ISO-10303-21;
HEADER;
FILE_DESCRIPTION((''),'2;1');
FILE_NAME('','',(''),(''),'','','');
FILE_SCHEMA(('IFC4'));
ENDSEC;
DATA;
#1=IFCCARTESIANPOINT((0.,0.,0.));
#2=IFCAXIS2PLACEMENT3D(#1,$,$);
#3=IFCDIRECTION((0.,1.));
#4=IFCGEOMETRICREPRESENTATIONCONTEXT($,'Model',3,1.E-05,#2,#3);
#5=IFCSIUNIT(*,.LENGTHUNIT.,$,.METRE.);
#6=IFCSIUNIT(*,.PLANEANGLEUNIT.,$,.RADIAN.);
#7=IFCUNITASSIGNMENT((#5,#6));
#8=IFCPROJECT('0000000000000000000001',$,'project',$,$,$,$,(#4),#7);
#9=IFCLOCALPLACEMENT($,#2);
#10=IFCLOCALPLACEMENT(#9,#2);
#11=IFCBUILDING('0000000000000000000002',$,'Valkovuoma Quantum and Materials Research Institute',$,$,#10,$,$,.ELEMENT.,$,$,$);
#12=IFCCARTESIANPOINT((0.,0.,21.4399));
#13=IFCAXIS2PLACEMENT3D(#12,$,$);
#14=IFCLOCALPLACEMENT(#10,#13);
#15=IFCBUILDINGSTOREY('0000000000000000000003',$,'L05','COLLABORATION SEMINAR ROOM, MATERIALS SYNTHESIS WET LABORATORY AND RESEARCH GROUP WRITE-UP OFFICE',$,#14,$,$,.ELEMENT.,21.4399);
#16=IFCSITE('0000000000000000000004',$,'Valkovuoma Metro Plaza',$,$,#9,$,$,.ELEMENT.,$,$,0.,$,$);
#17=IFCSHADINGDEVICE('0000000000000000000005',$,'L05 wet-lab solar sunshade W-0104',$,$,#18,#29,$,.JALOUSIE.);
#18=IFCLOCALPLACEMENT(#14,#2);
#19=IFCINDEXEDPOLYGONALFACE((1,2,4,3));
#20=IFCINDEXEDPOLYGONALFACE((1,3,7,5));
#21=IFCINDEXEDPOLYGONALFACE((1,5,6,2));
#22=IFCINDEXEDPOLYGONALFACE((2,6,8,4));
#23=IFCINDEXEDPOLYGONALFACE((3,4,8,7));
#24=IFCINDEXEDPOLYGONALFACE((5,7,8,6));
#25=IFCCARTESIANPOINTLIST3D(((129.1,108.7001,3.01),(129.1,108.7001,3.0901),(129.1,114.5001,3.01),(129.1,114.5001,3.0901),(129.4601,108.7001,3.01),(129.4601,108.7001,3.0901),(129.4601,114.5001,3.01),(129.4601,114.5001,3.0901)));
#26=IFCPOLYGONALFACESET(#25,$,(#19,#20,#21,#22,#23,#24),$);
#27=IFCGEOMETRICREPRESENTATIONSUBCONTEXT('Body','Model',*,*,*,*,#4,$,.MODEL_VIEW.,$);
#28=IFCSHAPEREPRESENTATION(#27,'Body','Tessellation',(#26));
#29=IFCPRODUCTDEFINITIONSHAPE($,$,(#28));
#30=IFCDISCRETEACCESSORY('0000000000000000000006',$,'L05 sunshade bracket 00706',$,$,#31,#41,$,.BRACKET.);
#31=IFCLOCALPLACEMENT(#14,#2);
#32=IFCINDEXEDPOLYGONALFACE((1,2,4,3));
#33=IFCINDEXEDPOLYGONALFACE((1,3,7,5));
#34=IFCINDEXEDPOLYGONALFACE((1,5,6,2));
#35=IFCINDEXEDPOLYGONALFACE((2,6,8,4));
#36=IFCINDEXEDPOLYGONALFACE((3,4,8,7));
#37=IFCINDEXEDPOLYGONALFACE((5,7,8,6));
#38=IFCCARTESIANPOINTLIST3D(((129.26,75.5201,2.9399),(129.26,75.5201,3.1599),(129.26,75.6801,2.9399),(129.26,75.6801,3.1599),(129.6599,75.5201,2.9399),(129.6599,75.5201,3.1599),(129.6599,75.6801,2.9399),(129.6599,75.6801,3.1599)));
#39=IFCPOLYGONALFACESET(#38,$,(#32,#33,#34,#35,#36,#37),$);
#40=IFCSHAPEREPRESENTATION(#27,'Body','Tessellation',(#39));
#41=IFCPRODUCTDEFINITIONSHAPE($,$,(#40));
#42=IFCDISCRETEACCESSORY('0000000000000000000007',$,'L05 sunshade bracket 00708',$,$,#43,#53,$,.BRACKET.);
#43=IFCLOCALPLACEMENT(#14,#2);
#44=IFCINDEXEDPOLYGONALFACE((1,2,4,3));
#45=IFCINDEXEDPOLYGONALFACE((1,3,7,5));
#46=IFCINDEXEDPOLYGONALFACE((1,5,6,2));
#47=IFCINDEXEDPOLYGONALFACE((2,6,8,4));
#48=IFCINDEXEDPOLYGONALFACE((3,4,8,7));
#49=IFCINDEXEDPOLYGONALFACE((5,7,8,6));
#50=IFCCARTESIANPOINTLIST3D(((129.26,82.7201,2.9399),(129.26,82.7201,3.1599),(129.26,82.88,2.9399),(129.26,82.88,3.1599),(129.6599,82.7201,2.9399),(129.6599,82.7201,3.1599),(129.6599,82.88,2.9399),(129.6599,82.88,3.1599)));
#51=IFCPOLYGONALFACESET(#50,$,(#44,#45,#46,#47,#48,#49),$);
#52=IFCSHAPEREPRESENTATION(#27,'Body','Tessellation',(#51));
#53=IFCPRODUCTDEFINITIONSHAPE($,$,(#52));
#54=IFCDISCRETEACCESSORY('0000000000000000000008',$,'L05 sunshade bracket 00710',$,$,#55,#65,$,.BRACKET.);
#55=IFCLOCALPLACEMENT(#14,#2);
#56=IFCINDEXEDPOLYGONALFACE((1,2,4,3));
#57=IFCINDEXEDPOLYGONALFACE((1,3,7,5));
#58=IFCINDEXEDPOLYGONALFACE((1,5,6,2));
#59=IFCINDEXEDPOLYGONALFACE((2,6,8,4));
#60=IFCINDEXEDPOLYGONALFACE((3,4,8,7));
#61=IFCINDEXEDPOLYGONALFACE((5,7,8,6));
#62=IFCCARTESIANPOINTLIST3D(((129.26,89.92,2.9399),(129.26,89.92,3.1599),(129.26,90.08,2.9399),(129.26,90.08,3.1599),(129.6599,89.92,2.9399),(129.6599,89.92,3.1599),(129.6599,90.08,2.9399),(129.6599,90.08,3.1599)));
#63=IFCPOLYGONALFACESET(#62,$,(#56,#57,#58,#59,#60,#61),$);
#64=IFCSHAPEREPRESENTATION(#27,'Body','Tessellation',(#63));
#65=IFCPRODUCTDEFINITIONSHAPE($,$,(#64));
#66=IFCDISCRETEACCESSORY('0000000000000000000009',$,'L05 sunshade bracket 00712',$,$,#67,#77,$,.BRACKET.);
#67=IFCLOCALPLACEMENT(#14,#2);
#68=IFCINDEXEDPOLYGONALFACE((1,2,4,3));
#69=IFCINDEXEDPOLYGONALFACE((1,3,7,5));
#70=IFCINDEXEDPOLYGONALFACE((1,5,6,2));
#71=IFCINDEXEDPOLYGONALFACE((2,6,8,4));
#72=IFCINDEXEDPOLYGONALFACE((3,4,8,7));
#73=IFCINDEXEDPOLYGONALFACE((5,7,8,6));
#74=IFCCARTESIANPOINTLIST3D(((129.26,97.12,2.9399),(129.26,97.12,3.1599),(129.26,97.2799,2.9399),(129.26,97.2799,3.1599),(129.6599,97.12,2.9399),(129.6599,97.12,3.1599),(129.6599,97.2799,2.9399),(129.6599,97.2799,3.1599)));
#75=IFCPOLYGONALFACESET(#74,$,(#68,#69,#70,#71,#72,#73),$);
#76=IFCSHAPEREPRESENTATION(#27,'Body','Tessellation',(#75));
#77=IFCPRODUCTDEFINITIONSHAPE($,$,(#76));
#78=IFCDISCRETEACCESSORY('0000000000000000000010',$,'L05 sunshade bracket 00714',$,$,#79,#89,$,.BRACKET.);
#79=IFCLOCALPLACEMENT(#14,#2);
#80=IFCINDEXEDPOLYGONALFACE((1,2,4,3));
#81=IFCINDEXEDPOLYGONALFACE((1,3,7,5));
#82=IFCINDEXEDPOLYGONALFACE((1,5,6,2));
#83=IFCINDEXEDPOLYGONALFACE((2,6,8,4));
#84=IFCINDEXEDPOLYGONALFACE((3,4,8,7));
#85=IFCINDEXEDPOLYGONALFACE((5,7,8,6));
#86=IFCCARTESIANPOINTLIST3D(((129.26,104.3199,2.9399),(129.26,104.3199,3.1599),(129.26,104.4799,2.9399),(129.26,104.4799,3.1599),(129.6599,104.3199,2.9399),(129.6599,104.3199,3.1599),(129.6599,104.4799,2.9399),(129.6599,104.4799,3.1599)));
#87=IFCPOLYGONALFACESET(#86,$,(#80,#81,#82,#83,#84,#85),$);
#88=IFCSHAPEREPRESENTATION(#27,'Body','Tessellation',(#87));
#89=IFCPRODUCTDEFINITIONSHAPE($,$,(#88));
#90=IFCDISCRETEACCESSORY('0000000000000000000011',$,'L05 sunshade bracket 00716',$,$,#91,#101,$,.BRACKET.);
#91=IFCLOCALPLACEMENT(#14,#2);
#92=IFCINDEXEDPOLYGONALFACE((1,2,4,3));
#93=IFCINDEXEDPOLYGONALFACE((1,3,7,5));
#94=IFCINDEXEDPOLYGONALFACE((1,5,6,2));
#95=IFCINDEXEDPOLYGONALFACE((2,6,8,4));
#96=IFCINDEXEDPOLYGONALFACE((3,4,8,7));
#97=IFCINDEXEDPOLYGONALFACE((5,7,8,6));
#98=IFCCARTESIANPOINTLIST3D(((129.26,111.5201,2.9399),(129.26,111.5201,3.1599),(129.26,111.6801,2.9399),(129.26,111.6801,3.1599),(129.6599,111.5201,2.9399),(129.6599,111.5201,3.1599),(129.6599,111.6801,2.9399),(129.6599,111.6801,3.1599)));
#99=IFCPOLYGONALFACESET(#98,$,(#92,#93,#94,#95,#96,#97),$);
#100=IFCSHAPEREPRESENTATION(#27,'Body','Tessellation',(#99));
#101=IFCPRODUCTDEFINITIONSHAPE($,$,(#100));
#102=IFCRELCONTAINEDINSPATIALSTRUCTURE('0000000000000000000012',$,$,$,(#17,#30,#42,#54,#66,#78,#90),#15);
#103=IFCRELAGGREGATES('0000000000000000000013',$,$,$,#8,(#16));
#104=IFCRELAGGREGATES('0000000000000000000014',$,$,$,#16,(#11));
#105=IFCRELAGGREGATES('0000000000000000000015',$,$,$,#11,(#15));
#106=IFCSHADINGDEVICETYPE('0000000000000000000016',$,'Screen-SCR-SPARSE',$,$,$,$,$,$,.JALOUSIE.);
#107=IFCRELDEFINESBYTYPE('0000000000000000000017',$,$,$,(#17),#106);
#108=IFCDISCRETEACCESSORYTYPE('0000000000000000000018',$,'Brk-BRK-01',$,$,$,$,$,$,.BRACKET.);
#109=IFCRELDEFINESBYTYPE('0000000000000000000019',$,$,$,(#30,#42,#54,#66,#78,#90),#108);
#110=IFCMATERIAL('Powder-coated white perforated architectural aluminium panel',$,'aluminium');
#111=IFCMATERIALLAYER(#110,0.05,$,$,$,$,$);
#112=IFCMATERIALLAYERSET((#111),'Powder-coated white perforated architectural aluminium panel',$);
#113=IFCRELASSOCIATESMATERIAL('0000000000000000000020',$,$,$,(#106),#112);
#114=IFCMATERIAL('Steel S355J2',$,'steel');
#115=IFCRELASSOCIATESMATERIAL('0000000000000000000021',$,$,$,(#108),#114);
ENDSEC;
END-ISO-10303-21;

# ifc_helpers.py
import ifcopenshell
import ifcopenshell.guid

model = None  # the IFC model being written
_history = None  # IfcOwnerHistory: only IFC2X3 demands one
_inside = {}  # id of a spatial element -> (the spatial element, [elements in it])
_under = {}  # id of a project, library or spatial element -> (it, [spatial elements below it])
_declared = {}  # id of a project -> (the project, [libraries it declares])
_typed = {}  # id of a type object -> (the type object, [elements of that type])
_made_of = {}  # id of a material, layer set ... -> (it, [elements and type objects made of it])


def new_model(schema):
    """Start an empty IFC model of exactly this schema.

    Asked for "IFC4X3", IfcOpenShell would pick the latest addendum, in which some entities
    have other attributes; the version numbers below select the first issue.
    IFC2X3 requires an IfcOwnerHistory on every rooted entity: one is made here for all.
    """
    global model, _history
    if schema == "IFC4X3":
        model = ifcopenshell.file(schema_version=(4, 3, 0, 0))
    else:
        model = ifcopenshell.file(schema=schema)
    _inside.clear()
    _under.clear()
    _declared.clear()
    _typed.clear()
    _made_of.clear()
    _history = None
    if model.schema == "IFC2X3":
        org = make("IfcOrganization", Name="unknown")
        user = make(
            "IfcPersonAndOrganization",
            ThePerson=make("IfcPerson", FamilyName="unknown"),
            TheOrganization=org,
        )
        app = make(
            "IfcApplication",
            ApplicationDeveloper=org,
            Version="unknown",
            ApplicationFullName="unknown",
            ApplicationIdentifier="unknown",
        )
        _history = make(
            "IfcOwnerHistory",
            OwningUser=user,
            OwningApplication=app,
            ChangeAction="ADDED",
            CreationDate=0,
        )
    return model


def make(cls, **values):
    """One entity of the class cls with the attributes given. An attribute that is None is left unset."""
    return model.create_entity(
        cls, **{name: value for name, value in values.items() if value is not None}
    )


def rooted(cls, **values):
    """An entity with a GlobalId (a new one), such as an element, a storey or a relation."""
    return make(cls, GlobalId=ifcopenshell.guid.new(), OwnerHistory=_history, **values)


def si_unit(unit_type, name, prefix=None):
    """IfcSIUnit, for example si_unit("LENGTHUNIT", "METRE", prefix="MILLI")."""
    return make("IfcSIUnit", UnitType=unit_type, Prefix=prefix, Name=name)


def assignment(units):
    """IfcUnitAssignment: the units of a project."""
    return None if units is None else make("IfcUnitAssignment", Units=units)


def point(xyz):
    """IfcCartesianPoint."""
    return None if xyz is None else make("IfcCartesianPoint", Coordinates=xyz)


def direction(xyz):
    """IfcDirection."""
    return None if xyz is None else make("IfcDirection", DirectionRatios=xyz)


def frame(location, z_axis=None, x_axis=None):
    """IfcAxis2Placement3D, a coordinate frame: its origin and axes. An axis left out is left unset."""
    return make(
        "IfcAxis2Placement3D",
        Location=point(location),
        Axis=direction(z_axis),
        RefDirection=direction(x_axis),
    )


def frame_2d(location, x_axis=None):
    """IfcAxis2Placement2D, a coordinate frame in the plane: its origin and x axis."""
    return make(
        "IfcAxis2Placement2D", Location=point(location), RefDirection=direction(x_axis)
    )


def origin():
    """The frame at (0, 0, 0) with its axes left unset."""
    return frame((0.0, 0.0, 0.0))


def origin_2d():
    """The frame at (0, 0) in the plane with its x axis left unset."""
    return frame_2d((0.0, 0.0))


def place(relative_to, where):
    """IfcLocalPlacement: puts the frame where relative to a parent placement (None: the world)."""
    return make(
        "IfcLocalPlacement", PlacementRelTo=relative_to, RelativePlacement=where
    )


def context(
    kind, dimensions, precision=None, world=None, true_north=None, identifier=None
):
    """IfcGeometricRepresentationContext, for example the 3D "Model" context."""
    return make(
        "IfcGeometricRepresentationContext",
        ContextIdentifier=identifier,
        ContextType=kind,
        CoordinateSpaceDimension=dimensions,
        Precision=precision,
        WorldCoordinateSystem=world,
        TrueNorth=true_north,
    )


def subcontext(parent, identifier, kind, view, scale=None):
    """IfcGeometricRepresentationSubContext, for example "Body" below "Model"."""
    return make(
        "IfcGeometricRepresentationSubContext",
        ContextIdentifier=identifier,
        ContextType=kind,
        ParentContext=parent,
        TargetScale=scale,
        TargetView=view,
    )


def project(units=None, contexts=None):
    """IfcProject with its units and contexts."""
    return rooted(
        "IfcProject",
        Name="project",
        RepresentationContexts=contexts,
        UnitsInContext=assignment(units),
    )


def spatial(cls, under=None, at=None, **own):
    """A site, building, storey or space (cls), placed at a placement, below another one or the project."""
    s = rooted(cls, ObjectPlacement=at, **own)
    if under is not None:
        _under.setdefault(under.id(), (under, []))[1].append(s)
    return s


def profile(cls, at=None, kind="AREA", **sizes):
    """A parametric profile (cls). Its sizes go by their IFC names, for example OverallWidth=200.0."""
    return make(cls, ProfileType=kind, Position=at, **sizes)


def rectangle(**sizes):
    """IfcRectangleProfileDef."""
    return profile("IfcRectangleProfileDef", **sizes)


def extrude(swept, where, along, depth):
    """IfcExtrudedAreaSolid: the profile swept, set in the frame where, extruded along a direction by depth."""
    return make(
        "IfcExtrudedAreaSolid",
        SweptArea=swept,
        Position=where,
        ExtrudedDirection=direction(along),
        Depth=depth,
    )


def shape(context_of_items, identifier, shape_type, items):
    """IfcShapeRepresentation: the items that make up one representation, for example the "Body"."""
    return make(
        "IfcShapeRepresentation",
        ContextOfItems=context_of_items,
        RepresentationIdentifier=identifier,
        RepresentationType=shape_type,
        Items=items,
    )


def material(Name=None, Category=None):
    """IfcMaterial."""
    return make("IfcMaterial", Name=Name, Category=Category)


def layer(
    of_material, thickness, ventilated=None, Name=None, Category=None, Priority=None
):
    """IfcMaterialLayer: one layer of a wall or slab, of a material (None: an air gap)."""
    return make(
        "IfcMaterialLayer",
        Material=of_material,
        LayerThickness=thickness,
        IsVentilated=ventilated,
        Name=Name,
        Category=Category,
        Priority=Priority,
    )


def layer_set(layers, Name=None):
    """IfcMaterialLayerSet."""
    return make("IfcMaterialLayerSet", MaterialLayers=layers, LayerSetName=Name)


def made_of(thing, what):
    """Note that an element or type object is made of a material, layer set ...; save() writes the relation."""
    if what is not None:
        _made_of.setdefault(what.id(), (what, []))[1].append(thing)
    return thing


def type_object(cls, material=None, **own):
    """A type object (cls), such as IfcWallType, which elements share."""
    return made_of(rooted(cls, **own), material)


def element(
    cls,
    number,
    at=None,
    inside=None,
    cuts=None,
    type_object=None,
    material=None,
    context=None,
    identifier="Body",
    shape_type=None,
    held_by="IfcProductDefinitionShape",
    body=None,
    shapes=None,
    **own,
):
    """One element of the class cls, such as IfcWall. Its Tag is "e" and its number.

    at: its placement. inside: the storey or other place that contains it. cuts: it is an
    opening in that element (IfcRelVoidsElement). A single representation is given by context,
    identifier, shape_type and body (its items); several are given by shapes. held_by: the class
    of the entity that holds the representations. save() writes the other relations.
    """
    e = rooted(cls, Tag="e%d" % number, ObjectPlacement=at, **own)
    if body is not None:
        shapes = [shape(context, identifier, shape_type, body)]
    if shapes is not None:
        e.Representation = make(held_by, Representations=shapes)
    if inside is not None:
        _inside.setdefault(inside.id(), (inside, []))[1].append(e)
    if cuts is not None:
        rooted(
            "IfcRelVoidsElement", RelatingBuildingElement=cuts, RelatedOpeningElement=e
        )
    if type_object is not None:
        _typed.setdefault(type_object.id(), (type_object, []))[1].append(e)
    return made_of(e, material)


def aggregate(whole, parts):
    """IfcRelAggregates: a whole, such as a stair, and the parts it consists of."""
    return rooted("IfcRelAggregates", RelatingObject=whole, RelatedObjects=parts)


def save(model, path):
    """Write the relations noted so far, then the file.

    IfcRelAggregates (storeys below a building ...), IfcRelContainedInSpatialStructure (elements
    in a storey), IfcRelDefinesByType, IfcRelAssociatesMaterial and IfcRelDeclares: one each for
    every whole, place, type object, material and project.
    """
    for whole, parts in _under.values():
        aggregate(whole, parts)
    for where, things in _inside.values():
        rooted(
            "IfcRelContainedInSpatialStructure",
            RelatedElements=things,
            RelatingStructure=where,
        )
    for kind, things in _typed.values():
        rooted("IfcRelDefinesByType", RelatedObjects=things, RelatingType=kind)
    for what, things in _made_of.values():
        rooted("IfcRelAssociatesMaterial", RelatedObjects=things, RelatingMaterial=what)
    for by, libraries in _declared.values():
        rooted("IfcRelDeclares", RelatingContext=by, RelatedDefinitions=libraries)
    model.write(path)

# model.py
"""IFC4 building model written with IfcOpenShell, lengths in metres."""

from ifc_helpers import new_model, si_unit, direction, frame, origin, origin_2d, place, context, subcontext, project, spatial, rectangle, extrude, material, layer, layer_set, type_object, element, save


model = new_model("IFC4")

# Units and contexts
model_context = context("Model", 3, precision=1e-05, world=origin(), true_north=direction((0.0, 1.0)))
body_context = subcontext(model_context, "Body", "Model", "MODEL_VIEW")
ifc_project = project(units=[si_unit("LENGTHUNIT", "METRE"), si_unit("PLANEANGLEUNIT", "RADIAN")], contexts=[model_context])

# Site, building, storey
site_placement = place(None, origin())
site = spatial("IfcSite", under=ifc_project, at=site_placement, Name="Valkovuoma Metro Plaza", CompositionType="ELEMENT", RefElevation=0.0)
building_placement = place(site_placement, origin())
building = spatial("IfcBuilding", under=site, at=building_placement, Name="Valkovuoma Quantum and Materials Research Institute", CompositionType="ELEMENT")
storey_placement = place(building_placement, frame((0.0, 0.0, 21.4399)))
storey = spatial("IfcBuildingStorey", under=building, at=storey_placement, Name="L05", Description="COLLABORATION SEMINAR ROOM, MATERIALS SYNTHESIS WET LABORATORY AND RESEARCH GROUP WRITE-UP OFFICE", CompositionType="ELEMENT", Elevation=21.4399)

# Shading device
ifc_material_1 = material(Name="Powder-coated white perforated architectural aluminium panel", Category="aluminium")
ifc_layer_1 = layer(ifc_material_1, 0.05)
ifc_layer_set_1 = layer_set([ifc_layer_1], Name="Powder-coated white perforated architectural aluminium panel")
shading_device_type_1 = type_object("IfcShadingDeviceType", Name="Screen-SCR-SPARSE", PredefinedType="JALOUSIE", material=ifc_layer_set_1)
for number, where, z_axis, x_axis, name in (
    (1, (129.28, 111.6001, 3.01), (0.0, 0.0, 1.0), (1.0, 0.0, 0.0), "L05 wet-lab solar sunshade W-0104"),
):
    element("IfcShadingDevice", number, at=place(storey_placement, frame(where, z_axis=z_axis, x_axis=x_axis)), inside=storey, type_object=shading_device_type_1, Name=name, PredefinedType="JALOUSIE", context=body_context, shape_type="SweptSolid", body=[
        extrude(rectangle(XDim=0.3601, YDim=5.8, at=origin_2d()), origin(), (0.0, 0.0, 1.0), 0.0801),
    ])

# Discrete accessories
ifc_material_2 = material(Name="Steel S355J2", Category="steel")
discrete_accessory_type = type_object("IfcDiscreteAccessoryType", Name="Brk-BRK-01", PredefinedType="BRACKET", material=ifc_material_2)
for number, where, z_axis, x_axis, name in (
    (2, (129.46, 75.6001, 2.9399), (0.0, 0.0, 1.0), (1.0, 0.0, 0.0), "L05 sunshade bracket 00706"),
    (3, (129.46, 82.8, 2.9399), (0.0, 0.0, 1.0), (1.0, 0.0, 0.0), "L05 sunshade bracket 00708"),
    (4, (129.46, 90.0, 2.9399), (0.0, 0.0, 1.0), (1.0, 0.0, 0.0), "L05 sunshade bracket 00710"),
    (5, (129.46, 97.2, 2.9399), (0.0, 0.0, 1.0), (1.0, 0.0, 0.0), "L05 sunshade bracket 00712"),
    (6, (129.46, 104.3999, 2.9399), (0.0, 0.0, 1.0), (1.0, 0.0, 0.0), "L05 sunshade bracket 00714"),
    (7, (129.46, 111.6001, 2.9399), (0.0, 0.0, 1.0), (1.0, 0.0, 0.0), "L05 sunshade bracket 00716"),
):
    element("IfcDiscreteAccessory", number, at=place(storey_placement, frame(where, z_axis=z_axis, x_axis=x_axis)), inside=storey, type_object=discrete_accessory_type, Name=name, PredefinedType="BRACKET", context=body_context, shape_type="SweptSolid", body=[
        extrude(rectangle(XDim=0.3999, YDim=0.1599, at=origin_2d()), origin(), (0.0, 0.0, 1.0), 0.22),
    ])

save(model, "model.ifc")
